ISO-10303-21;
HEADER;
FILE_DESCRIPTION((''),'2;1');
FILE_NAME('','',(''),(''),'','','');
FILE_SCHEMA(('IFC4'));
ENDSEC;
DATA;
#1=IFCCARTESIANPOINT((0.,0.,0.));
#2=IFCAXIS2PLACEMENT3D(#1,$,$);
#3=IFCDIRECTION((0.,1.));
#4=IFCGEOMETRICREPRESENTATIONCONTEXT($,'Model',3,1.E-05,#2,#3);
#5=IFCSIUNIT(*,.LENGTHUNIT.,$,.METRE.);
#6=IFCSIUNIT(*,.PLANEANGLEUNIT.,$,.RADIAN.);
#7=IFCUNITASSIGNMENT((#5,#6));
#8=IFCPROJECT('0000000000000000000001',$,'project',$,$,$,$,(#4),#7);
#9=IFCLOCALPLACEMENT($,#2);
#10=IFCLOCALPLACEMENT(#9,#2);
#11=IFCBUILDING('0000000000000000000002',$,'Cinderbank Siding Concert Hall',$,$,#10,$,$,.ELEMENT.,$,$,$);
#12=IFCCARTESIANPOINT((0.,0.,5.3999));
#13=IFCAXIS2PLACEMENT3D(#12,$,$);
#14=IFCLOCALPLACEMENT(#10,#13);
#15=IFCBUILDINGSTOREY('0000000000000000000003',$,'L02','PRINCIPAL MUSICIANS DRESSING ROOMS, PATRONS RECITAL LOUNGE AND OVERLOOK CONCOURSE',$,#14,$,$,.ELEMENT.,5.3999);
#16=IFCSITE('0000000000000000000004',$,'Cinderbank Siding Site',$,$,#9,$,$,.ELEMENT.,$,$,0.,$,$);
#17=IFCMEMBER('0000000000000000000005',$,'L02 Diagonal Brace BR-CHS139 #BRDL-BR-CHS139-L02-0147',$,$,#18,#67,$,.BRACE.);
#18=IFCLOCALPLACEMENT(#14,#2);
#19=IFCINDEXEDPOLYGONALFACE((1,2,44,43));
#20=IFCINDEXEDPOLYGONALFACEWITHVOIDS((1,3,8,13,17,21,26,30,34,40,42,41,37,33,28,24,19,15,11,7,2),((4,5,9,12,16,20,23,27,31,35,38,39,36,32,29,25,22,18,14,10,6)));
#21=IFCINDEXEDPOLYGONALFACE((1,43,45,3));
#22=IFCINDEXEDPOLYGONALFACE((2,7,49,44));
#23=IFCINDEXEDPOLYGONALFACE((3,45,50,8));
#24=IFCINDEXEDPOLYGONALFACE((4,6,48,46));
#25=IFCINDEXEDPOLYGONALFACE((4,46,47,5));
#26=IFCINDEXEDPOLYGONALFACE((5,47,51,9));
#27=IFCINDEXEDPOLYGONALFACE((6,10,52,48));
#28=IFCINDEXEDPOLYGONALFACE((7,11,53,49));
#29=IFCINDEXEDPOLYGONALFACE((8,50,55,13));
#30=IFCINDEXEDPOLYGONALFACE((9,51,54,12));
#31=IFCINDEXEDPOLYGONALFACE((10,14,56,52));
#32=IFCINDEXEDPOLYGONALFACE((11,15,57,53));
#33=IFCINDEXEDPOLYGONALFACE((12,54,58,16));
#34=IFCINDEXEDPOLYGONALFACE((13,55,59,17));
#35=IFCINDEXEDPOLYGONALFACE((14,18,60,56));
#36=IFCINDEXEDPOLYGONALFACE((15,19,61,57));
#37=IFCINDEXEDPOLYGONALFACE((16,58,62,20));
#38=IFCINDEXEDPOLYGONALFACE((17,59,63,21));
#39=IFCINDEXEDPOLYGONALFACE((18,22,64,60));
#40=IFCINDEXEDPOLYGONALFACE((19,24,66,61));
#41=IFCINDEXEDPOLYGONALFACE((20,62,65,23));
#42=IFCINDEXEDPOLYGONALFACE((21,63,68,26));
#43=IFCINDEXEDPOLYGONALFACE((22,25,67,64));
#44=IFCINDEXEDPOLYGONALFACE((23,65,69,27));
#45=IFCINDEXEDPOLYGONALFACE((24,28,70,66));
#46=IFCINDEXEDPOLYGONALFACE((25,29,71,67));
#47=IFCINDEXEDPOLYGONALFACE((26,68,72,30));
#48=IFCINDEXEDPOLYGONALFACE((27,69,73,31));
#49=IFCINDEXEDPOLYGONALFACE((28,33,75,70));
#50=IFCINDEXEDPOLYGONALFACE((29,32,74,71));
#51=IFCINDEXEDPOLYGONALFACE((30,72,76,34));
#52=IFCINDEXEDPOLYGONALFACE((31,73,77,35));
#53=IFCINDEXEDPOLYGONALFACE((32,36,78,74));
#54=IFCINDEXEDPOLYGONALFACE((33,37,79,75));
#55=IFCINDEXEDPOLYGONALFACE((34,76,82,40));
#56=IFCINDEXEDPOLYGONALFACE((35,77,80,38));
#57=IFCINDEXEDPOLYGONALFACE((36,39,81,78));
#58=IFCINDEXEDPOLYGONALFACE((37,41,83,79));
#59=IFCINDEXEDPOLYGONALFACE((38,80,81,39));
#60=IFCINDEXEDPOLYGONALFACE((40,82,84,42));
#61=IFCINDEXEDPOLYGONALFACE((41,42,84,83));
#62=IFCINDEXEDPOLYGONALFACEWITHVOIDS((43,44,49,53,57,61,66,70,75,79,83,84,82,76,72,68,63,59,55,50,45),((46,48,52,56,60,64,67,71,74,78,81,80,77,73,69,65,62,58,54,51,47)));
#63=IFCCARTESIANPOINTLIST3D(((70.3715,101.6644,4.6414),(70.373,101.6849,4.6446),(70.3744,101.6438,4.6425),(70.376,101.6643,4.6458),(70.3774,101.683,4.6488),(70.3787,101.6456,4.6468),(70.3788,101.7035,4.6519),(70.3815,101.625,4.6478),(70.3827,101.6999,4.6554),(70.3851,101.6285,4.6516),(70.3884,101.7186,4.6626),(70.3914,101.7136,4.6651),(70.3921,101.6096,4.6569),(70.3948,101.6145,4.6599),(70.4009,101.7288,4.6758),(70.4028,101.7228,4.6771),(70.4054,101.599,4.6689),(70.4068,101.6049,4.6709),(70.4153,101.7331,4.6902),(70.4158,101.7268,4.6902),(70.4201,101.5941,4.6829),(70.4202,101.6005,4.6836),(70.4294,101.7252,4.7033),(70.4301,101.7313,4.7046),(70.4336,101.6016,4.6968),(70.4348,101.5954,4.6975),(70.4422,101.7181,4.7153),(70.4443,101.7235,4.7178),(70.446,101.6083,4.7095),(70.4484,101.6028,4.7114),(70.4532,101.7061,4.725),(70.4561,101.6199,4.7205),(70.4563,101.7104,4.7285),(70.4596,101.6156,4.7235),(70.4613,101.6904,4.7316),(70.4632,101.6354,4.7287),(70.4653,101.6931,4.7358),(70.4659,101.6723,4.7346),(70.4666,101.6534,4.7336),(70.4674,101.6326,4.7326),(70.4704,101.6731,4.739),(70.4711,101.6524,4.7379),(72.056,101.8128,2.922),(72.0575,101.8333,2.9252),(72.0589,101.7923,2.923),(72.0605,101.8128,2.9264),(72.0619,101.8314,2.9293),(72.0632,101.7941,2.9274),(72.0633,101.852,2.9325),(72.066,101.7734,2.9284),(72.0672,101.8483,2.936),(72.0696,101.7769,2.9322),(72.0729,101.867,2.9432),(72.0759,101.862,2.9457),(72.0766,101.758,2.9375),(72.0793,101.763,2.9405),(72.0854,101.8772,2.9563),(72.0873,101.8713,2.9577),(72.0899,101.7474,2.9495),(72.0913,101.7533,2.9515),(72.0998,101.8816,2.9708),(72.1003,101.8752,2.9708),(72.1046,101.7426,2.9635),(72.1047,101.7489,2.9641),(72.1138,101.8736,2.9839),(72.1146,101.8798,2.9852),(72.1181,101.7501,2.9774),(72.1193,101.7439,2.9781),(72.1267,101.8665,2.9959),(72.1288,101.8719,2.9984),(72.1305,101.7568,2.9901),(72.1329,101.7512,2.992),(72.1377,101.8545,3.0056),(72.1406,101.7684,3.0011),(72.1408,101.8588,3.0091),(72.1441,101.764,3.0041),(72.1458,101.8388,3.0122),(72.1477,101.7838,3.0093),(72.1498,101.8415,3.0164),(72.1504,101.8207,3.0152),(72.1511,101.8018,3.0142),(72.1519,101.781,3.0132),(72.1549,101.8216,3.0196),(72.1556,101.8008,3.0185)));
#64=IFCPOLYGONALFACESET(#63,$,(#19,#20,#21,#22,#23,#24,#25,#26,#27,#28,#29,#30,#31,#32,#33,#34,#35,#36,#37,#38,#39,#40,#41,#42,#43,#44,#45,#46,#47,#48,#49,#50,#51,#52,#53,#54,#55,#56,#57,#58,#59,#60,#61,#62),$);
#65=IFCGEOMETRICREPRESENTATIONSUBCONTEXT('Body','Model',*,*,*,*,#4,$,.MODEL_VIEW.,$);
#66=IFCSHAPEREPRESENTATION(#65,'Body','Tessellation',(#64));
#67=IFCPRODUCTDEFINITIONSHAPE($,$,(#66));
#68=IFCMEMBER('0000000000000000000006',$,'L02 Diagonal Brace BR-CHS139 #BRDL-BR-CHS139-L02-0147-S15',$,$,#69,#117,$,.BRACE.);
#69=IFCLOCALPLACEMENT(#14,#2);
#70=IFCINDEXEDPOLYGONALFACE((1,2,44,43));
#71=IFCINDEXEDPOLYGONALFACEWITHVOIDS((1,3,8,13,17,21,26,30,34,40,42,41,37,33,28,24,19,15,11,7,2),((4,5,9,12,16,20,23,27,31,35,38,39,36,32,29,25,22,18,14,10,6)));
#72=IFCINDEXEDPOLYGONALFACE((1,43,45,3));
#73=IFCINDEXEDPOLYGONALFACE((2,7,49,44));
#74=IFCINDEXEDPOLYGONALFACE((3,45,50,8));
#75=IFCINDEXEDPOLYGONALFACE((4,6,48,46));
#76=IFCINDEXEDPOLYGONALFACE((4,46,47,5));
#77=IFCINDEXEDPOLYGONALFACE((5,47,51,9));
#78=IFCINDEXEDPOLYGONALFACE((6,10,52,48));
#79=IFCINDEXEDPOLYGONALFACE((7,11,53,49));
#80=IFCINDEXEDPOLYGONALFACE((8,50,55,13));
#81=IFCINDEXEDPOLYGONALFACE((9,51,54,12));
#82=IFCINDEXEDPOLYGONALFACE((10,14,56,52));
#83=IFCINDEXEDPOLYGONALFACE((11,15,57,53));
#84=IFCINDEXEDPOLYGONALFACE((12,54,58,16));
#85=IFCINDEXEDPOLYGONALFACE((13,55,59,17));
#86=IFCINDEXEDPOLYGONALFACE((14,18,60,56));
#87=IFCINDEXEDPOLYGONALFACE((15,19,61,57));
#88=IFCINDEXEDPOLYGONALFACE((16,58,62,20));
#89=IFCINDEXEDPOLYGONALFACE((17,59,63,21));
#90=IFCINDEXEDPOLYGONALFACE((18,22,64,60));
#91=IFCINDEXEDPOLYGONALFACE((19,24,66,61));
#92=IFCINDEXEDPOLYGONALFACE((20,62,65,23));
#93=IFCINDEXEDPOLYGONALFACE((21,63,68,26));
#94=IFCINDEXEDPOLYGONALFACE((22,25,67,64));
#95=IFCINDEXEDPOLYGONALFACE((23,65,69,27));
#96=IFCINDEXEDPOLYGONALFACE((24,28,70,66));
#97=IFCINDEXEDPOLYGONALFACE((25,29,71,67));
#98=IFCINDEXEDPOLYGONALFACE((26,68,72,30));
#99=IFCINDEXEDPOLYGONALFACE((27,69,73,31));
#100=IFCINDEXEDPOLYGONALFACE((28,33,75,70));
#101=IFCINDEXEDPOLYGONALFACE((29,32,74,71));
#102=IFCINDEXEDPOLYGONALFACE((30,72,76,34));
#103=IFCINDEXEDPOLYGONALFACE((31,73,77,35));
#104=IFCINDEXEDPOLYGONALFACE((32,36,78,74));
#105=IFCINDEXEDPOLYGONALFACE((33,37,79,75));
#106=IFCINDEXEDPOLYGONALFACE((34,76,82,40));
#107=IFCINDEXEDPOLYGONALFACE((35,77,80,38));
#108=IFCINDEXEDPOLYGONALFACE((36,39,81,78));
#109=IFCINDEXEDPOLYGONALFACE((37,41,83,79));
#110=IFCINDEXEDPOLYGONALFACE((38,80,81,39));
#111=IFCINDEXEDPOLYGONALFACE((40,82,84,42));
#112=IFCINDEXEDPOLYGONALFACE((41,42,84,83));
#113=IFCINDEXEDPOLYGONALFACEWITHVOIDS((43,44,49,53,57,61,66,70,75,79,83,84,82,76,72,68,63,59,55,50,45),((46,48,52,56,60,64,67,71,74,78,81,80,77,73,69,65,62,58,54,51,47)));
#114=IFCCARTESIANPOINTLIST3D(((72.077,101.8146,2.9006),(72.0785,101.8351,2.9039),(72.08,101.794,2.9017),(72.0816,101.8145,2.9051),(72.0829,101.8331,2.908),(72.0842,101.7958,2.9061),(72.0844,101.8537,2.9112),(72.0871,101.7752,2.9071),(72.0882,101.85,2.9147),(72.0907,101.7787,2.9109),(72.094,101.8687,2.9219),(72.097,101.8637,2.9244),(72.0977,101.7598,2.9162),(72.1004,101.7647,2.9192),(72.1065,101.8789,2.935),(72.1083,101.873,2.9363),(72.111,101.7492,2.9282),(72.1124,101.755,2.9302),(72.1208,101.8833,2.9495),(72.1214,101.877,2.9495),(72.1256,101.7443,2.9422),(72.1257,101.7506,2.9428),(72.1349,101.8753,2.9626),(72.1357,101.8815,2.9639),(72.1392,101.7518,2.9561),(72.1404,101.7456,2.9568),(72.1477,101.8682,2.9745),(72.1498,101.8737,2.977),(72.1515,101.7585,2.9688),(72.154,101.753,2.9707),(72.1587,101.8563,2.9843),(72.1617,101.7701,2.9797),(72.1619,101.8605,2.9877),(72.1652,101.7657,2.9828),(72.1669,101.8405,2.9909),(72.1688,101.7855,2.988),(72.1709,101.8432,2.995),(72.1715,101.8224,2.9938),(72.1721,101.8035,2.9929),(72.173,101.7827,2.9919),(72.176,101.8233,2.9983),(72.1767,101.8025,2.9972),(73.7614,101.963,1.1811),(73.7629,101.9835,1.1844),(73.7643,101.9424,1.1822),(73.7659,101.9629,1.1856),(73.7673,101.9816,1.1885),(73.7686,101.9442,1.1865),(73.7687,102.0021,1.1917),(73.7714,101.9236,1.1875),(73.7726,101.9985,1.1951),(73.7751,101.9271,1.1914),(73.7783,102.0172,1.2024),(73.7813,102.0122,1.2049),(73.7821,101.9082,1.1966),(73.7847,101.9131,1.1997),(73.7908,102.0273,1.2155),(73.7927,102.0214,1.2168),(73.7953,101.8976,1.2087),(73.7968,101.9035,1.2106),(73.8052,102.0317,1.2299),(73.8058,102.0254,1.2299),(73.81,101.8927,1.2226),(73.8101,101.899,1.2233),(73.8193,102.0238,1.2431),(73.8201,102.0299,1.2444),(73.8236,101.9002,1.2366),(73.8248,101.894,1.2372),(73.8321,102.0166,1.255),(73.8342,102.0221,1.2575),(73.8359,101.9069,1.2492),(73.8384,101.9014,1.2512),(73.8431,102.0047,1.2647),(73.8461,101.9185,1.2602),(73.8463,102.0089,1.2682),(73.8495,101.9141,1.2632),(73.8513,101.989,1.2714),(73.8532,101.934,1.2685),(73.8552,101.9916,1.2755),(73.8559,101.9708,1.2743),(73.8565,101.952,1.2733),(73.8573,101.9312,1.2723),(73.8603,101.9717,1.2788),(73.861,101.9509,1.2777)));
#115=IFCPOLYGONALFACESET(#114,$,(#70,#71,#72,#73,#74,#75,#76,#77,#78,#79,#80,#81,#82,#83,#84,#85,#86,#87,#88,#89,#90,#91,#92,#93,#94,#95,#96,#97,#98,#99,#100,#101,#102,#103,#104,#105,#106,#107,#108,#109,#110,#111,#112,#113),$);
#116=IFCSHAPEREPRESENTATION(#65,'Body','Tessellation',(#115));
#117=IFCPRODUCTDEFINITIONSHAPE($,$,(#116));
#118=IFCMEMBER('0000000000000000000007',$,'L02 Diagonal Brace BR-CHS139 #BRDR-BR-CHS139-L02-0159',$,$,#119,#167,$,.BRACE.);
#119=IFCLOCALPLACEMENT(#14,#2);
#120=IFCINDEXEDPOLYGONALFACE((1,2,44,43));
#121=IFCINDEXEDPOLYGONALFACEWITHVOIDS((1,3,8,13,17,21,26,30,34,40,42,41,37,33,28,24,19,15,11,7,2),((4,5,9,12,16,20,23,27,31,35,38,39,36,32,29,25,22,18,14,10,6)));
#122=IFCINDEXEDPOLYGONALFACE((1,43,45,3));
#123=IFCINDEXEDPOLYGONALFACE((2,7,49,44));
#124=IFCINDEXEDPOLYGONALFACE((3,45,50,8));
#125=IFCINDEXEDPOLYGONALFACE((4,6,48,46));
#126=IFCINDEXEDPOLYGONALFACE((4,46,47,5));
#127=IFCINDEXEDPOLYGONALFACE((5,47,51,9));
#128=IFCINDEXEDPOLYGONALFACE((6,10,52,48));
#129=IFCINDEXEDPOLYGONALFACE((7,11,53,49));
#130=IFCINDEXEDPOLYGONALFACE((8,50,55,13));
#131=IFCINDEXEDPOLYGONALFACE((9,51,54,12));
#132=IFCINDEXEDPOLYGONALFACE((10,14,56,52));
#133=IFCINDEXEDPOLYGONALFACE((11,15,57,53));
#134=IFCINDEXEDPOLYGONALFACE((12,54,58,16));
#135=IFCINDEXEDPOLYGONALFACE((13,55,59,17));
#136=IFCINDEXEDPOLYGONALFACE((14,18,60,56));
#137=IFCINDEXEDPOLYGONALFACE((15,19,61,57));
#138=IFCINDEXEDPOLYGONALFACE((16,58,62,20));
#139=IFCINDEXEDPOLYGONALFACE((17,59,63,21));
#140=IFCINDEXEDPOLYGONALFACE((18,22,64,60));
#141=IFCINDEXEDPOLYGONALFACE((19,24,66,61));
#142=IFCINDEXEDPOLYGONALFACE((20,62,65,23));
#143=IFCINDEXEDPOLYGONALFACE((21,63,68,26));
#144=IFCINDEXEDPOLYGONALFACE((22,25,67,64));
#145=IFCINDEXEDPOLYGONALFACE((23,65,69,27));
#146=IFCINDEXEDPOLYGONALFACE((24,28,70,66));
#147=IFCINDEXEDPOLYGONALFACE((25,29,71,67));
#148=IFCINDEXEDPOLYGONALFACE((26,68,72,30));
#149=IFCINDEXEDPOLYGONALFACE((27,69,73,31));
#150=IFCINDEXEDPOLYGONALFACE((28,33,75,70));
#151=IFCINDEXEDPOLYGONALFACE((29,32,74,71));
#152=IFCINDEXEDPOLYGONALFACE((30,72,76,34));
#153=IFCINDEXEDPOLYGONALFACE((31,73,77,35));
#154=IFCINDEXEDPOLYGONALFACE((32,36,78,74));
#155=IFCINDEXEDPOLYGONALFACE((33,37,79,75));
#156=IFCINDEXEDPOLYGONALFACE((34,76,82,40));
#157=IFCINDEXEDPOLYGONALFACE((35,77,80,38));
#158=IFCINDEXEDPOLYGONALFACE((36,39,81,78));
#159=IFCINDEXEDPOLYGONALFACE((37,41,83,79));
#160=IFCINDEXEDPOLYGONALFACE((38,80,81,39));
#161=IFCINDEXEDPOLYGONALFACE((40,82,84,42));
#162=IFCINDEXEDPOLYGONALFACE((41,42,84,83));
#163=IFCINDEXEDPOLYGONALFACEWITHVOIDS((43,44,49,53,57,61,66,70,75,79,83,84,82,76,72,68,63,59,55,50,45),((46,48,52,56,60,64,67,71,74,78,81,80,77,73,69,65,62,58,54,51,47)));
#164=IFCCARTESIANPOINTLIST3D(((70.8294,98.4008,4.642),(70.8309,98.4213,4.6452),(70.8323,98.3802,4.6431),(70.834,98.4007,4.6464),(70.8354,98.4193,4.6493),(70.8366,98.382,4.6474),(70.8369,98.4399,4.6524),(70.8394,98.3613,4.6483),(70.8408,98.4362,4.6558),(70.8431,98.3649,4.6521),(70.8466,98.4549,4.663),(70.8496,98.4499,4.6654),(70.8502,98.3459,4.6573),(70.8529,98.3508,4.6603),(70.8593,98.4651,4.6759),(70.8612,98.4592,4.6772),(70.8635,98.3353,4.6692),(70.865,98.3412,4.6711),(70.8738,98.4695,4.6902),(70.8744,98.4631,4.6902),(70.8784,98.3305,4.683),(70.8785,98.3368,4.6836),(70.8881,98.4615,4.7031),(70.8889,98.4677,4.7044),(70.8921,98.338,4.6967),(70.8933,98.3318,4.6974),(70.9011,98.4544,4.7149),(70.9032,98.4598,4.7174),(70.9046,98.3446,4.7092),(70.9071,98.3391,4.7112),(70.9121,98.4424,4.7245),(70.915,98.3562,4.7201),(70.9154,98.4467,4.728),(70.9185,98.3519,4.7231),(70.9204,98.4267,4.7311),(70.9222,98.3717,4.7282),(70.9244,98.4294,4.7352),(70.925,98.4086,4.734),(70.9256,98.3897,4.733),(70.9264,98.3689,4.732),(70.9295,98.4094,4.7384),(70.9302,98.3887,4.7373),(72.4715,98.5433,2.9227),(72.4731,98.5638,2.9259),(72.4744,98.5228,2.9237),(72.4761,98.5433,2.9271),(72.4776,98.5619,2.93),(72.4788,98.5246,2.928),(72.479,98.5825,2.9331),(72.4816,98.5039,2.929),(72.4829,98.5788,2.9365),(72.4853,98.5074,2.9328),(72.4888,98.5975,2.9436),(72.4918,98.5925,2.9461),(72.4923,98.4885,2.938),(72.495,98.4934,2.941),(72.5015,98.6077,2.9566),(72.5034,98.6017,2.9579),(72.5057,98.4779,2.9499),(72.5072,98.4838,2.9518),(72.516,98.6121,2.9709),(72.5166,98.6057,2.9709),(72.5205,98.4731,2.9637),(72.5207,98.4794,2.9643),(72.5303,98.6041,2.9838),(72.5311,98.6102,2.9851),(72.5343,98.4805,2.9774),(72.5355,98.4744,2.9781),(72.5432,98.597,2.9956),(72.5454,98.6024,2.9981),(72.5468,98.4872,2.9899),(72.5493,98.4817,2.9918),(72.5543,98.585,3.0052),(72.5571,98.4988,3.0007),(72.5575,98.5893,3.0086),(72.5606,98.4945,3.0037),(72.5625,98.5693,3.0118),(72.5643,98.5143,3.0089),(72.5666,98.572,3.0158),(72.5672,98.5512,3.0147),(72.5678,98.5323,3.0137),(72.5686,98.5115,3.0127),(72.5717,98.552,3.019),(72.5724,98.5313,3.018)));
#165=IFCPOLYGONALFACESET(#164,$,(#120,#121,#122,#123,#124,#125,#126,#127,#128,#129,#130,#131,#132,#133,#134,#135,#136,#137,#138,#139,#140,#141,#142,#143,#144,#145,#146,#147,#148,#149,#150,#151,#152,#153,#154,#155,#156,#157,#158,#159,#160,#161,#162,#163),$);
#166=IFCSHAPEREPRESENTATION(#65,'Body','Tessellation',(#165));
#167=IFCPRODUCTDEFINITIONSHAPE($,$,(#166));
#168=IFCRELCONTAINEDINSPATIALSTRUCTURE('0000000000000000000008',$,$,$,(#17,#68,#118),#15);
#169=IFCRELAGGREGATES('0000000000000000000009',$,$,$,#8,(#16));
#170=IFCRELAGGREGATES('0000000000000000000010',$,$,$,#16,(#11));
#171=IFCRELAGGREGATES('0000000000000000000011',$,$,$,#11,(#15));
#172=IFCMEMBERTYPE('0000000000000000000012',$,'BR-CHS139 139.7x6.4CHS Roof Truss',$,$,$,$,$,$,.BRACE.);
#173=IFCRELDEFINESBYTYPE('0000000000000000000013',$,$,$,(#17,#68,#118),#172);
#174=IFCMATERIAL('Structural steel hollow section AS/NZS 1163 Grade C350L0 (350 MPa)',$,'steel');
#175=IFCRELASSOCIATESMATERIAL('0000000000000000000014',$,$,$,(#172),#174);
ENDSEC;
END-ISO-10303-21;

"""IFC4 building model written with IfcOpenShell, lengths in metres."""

from ifc_helpers import new_model, si_unit, direction, frame, origin, origin_2d, place, context, subcontext, project, spatial, hollow_circle, extrude, material, material_profile, profile_set, type_object, element, save


model = new_model("IFC4")

# Units and contexts
model_context = context("Model", 3, precision=1e-05, world=origin(), true_north=direction((0.0, 1.0)))
body_context = subcontext(model_context, "Body", "Model", "MODEL_VIEW")
ifc_project = project(units=[si_unit("LENGTHUNIT", "METRE"), si_unit("PLANEANGLEUNIT", "RADIAN")], contexts=[model_context])

# Site, building, storey
site_placement = place(None, origin())
site = spatial("IfcSite", under=ifc_project, at=site_placement, Name="Cinderbank Siding Site", CompositionType="ELEMENT", RefElevation=0.0)
building_placement = place(site_placement, origin())
building = spatial("IfcBuilding", under=site, at=building_placement, Name="Cinderbank Siding Concert Hall", CompositionType="ELEMENT")
storey_placement = place(building_placement, frame((0.0, 0.0, 5.3999)))
storey = spatial("IfcBuildingStorey", under=building, at=storey_placement, Name="L02", Description="PRINCIPAL MUSICIANS DRESSING ROOMS, PATRONS RECITAL LOUNGE AND OVERLOOK CONCOURSE", CompositionType="ELEMENT", Elevation=5.3999)

# Members
ifc_material_1 = material(Name="Structural steel hollow section AS/NZS 1163 Grade C350L0 (350 MPa)", Category="steel")
ifc_material_profile_1 = material_profile(ifc_material_1, hollow_circle(Radius=0.0698, WallThickness=0.0063, at=origin_2d()), Name="139.7x6.4CHS", Category="LoadBearing")
ifc_profile_set_1 = profile_set([ifc_material_profile_1], Name="Structural steel hollow section AS/NZS 1163 Grade C350L0 (350 MPa)")
member_type_1 = type_object("IfcMemberType", Name="BR-CHS139 139.7x6.4CHS Roof Truss", PredefinedType="BRACE", material=ifc_profile_set_1)
for number, where, z_axis, x_axis, name in (
    (1, (70.4214, 101.6636, 4.6902), (0.698491, 0.061548, -0.712967), (-0.087776, 0.99614, 0.0), "L02 Diagonal Brace BR-CHS139 #BRDL-BR-CHS139-L02-0147"),
    (2, (72.127, 101.8137, 2.9495), (0.698439, 0.061553, -0.713017), (-0.087788, 0.996139, 0.0), "L02 Diagonal Brace BR-CHS139 #BRDL-BR-CHS139-L02-0147-S15"),
):
    element("IfcMember", number, at=place(storey_placement, frame(where, z_axis=z_axis, x_axis=x_axis)), inside=storey, type_object=member_type_1, Name=name, PredefinedType="BRACE", context=body_context, shape_type="SweptSolid", body=[
        extrude(hollow_circle(Radius=0.0698, WallThickness=0.0063, at=origin_2d()), origin(), (0.0, 0.0, 1.0), 2.4116),
    ])
member_1_placement = place(storey_placement, frame((70.8799, 98.3999, 4.6902), z_axis=(0.689457, 0.059864, -0.721849), x_axis=(-0.086502, 0.996252, 0.0)))
element("IfcMember", 3, at=member_1_placement, inside=storey, type_object=member_type_1, Name="L02 Diagonal Brace BR-CHS139 #BRDR-BR-CHS139-L02-0159", PredefinedType="BRACE", context=body_context, shape_type="SweptSolid", body=[
    extrude(hollow_circle(Radius=0.0698, WallThickness=0.0063, at=origin_2d()), origin(), (0.0, 0.0, 1.0), 2.3818),
])

save(model, "model.ifc")
